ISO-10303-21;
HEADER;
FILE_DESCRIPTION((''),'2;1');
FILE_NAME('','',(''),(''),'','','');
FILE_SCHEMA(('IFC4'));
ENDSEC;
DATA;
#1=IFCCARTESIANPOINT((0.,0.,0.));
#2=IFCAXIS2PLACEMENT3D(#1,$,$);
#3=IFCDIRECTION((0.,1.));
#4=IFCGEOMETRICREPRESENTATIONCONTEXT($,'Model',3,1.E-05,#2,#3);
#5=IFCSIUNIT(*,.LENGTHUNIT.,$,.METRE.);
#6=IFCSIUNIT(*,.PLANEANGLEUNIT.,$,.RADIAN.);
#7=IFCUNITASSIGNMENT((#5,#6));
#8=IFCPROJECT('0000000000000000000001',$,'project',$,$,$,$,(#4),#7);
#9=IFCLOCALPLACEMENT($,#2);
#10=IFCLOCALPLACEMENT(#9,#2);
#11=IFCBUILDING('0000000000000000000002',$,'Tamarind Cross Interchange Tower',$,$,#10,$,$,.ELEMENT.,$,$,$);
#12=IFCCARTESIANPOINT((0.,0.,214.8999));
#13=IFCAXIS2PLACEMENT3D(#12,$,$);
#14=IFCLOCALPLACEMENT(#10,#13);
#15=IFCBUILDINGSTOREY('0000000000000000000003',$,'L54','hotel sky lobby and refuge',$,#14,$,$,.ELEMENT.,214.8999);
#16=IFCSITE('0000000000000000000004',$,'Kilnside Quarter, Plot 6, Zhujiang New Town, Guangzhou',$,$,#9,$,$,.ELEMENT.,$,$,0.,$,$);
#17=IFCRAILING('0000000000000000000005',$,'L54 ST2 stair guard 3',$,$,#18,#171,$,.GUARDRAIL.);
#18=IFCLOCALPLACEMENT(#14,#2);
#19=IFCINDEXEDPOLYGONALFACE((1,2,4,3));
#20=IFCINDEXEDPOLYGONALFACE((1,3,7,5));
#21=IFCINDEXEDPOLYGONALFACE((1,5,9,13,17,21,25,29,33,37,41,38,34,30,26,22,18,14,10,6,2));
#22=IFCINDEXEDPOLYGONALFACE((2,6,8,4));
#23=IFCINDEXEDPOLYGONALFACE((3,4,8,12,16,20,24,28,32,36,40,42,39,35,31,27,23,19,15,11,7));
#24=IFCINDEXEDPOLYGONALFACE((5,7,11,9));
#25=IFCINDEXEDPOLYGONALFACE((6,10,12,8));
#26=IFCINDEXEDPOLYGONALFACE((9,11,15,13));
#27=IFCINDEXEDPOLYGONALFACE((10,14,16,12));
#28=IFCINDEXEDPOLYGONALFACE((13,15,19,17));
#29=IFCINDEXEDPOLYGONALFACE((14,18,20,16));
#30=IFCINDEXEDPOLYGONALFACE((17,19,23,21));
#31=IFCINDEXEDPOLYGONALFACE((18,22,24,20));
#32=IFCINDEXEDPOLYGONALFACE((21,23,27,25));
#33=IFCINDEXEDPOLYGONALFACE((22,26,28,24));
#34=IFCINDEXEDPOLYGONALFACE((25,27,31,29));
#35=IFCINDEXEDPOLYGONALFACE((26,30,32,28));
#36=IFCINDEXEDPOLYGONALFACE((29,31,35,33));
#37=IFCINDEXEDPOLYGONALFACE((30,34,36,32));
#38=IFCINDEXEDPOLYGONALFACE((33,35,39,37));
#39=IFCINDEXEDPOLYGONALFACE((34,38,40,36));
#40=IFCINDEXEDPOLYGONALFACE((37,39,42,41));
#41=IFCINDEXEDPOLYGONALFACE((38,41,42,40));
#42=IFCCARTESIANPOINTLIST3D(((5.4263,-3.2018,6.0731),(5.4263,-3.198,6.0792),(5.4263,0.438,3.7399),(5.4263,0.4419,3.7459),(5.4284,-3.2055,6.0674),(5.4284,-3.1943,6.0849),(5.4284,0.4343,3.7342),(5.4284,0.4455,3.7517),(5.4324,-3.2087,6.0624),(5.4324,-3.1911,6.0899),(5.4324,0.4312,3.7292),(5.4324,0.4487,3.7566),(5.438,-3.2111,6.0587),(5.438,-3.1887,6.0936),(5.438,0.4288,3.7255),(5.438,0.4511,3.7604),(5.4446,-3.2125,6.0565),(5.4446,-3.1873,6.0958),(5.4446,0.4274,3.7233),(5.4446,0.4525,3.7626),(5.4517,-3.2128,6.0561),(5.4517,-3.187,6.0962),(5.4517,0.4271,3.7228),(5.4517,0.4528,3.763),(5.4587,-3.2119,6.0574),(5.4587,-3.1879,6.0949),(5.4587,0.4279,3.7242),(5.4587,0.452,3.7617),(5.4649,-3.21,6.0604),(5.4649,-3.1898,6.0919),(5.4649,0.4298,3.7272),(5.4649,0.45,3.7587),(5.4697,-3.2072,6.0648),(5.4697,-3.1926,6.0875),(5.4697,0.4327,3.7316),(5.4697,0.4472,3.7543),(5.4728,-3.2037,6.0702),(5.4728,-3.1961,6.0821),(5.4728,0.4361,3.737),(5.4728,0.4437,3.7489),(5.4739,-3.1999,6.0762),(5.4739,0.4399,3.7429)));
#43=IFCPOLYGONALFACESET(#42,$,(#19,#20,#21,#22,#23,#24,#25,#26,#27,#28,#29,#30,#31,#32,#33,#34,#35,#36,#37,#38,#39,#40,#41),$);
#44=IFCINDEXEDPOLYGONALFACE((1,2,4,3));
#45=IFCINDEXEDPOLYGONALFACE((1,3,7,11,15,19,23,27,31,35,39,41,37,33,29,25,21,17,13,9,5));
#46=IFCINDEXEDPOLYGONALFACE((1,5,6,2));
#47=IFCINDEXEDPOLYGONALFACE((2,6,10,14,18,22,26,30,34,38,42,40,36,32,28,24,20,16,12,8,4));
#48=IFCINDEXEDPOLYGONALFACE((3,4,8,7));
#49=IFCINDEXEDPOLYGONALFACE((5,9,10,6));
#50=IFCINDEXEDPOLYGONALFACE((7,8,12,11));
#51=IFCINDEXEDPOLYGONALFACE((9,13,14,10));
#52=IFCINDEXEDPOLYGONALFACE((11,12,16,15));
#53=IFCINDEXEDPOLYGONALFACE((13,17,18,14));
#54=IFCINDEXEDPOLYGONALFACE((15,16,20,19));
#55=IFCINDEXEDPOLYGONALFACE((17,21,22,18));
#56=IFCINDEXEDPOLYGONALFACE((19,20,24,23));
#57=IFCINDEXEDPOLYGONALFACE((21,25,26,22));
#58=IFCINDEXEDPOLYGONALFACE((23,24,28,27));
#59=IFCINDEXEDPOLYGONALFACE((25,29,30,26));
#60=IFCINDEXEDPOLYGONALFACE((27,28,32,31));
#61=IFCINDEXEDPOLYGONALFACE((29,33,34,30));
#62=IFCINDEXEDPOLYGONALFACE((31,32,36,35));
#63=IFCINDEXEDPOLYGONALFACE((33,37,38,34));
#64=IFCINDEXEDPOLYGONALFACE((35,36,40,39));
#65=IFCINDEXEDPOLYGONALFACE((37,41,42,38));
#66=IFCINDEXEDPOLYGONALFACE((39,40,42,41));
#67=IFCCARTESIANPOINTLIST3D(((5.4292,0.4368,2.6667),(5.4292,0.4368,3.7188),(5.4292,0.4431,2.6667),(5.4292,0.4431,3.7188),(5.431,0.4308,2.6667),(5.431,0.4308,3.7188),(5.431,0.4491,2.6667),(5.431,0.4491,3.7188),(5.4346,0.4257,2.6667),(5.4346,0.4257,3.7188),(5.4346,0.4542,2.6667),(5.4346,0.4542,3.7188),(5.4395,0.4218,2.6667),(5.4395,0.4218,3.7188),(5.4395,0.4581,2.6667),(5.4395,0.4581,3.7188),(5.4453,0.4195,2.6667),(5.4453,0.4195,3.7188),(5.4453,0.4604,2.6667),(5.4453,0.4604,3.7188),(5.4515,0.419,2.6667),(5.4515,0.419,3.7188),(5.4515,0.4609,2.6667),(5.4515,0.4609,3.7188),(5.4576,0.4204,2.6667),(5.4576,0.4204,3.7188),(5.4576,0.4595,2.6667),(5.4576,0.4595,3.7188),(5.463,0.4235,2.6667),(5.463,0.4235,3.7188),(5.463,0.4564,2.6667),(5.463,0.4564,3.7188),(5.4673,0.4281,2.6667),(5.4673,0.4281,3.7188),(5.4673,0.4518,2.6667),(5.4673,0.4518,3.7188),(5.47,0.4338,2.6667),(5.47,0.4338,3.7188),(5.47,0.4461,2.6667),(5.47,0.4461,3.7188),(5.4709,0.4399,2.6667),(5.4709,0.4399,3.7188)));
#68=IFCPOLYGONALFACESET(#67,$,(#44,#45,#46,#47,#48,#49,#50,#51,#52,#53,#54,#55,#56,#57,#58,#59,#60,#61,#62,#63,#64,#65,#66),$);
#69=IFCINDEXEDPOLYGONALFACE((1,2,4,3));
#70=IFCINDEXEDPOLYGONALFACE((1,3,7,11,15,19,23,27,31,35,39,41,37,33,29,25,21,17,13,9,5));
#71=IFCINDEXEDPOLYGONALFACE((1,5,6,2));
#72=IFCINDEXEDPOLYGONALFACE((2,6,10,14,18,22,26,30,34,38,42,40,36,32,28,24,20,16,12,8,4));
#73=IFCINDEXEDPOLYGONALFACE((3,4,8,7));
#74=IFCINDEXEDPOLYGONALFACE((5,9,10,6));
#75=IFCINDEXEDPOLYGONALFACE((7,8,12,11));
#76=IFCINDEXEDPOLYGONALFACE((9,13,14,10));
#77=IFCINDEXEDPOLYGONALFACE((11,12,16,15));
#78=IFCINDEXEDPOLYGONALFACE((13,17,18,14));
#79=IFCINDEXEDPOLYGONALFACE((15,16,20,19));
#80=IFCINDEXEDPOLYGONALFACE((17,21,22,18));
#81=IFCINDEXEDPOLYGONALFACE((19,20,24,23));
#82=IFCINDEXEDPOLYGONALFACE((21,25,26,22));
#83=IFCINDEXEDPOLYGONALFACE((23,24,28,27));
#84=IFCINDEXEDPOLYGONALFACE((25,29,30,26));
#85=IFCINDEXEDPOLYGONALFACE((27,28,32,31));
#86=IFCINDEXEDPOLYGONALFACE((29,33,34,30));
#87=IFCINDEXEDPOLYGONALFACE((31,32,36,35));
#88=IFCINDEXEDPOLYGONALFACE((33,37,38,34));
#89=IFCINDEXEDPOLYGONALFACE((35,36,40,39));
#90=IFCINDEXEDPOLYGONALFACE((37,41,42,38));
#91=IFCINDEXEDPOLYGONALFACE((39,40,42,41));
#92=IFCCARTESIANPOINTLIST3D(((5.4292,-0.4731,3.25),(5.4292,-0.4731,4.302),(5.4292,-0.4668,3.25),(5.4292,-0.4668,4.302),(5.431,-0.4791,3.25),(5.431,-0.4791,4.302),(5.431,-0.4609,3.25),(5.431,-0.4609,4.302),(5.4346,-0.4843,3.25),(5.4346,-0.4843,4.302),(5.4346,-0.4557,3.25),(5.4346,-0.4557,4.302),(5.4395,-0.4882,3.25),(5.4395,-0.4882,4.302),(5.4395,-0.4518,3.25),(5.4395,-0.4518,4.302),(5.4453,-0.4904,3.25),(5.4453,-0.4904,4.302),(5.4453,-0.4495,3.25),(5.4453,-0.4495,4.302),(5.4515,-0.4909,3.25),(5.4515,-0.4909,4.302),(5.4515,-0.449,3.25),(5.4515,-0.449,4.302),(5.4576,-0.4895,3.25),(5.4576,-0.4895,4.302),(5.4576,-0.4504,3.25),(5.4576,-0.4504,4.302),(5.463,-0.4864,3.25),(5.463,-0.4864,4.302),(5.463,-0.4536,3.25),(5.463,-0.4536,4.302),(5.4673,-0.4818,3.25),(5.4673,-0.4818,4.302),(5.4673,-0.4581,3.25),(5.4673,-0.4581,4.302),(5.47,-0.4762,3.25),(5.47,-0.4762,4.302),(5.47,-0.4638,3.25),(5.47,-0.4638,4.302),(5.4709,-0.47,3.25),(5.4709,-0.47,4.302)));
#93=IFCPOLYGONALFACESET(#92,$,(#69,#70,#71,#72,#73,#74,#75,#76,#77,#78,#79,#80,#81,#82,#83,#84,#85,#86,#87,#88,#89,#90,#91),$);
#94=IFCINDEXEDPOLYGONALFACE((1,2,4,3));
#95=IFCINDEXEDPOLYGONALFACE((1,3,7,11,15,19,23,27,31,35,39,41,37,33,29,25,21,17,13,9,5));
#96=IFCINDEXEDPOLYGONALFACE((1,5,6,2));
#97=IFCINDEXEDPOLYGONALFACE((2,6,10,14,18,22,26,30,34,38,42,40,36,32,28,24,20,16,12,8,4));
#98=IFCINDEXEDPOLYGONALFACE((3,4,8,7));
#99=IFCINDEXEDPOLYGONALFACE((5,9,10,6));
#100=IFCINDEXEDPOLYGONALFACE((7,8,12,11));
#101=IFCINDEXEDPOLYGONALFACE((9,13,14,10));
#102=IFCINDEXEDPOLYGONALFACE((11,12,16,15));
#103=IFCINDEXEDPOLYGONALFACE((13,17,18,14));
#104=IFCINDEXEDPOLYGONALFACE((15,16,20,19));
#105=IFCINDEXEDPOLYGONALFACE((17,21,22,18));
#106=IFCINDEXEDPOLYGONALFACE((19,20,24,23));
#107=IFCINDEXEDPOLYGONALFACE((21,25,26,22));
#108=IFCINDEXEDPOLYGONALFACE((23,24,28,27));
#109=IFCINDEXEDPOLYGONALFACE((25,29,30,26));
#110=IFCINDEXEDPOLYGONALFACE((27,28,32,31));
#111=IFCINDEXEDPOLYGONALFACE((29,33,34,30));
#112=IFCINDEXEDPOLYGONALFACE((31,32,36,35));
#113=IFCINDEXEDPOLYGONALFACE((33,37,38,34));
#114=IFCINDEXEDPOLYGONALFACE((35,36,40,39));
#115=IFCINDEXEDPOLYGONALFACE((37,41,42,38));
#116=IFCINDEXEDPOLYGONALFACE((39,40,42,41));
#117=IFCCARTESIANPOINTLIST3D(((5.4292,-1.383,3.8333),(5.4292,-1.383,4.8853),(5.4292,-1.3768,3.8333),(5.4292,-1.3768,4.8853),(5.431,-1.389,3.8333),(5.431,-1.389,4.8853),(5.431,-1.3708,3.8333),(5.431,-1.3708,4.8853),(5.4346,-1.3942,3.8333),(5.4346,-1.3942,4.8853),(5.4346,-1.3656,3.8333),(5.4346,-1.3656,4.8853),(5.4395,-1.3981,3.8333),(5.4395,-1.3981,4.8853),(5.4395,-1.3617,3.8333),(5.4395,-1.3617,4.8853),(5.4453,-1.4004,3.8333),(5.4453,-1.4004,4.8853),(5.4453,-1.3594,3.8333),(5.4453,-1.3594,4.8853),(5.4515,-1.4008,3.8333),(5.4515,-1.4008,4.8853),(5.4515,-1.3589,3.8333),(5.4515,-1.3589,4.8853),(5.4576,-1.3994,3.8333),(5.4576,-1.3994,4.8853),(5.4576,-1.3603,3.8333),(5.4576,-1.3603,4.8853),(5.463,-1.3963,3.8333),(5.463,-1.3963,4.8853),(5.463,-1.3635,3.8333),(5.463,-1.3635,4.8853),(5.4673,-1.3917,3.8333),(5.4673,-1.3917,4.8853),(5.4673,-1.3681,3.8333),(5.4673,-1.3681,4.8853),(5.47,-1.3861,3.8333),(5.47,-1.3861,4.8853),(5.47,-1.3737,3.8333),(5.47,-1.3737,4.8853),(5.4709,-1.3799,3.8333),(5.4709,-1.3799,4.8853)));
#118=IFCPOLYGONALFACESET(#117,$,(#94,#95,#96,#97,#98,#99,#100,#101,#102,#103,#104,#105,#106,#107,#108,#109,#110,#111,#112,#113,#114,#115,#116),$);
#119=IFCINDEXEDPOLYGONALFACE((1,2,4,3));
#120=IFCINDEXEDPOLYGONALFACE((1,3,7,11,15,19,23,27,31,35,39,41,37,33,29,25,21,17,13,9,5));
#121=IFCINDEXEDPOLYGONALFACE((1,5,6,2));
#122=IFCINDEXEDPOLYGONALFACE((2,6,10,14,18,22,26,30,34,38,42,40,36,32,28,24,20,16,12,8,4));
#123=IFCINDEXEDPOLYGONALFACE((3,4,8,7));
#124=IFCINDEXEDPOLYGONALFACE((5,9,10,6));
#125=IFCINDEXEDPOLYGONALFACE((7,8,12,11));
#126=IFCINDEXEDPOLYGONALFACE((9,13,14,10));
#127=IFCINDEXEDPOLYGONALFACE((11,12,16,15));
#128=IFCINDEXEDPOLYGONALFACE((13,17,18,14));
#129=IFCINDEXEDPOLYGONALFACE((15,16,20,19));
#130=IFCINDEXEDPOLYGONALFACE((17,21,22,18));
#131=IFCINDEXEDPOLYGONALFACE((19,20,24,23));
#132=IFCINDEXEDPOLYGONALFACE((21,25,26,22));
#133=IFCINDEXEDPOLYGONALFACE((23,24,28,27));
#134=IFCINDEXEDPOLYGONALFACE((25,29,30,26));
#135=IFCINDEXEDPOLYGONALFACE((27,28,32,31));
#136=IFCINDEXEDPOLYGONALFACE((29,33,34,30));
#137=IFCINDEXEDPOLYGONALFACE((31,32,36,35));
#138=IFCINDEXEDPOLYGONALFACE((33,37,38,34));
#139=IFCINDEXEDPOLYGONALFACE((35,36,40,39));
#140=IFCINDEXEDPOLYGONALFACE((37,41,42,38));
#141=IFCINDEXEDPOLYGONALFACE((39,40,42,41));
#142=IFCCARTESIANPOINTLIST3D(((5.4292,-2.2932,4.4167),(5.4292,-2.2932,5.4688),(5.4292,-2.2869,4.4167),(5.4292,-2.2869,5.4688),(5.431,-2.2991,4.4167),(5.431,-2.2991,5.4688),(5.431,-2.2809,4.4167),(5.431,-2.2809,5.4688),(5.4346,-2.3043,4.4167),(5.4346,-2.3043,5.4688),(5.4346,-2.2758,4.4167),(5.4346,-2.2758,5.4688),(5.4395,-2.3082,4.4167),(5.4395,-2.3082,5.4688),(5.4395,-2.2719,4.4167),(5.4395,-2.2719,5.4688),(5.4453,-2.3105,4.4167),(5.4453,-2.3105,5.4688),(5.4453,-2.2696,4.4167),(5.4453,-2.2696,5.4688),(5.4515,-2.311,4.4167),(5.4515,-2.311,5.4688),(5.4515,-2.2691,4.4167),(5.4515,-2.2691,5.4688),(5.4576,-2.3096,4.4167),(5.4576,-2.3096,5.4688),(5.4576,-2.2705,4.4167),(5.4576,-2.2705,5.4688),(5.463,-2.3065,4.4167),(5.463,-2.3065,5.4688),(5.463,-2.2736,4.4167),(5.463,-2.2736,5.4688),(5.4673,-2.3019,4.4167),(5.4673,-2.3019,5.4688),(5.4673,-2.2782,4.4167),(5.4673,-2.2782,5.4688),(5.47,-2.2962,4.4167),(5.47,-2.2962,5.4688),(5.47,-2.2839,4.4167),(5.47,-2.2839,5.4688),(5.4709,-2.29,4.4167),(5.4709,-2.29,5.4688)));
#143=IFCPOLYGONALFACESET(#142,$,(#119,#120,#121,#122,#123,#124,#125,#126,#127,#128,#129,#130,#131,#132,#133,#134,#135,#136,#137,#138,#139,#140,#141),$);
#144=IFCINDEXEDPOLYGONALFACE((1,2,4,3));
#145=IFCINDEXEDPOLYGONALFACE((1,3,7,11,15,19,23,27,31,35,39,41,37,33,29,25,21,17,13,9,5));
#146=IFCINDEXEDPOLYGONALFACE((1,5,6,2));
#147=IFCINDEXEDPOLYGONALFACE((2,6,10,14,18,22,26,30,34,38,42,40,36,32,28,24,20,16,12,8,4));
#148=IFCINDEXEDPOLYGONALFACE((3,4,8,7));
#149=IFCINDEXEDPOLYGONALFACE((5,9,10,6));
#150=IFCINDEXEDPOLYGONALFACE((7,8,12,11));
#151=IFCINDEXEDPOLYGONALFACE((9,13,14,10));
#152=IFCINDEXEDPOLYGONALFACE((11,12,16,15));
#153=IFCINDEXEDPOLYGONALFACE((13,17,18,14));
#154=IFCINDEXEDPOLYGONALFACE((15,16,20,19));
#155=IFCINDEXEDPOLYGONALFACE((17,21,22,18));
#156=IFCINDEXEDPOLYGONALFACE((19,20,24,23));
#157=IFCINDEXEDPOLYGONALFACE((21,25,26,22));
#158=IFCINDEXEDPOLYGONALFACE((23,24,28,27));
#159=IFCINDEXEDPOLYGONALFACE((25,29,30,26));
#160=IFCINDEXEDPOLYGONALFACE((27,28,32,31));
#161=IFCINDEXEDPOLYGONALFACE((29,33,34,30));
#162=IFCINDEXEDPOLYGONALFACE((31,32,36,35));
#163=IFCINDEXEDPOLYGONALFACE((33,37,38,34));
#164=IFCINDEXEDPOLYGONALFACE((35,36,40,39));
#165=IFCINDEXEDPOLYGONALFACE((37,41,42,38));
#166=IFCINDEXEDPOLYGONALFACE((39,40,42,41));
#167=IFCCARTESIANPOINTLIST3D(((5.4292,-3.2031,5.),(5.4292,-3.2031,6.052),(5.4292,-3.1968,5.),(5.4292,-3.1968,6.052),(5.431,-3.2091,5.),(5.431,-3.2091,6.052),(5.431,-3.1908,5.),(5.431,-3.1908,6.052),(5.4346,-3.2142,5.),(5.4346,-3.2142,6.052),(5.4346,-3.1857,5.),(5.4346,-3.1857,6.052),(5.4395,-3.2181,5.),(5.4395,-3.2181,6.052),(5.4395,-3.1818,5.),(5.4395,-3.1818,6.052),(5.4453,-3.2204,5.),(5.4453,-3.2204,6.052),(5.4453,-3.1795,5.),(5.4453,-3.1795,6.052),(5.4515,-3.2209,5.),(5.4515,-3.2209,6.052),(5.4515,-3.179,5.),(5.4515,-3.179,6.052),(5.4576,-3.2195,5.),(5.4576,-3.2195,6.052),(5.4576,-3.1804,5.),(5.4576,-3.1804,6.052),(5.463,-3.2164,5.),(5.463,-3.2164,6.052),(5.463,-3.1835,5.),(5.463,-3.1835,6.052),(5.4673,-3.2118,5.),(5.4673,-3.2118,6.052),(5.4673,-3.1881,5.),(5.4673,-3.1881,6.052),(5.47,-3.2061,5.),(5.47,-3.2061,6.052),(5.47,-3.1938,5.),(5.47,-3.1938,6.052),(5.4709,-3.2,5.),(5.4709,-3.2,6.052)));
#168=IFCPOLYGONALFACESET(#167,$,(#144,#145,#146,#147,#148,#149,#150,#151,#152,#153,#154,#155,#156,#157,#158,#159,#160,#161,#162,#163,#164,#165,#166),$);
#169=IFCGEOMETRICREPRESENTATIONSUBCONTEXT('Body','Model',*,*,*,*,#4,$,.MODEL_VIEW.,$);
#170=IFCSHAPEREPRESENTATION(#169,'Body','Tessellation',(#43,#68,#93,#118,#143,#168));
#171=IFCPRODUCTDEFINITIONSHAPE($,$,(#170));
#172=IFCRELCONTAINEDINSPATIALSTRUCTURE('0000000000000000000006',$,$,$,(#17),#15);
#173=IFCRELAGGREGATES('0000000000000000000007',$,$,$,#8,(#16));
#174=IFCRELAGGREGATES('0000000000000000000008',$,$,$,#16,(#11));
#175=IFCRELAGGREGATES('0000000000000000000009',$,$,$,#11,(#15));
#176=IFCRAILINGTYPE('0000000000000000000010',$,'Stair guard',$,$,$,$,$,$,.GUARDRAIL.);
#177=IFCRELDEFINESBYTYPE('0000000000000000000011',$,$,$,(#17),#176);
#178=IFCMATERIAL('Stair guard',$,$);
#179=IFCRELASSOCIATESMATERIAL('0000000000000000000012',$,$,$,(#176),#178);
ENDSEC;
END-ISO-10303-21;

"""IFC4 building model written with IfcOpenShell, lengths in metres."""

from ifc_helpers import new_model, si_unit, direction, frame, origin, origin_2d, place, context, subcontext, project, spatial, circle, extrude, material, type_object, element, save


model = new_model("IFC4")

# Units and contexts
model_context = context("Model", 3, precision=1e-05, world=origin(), true_north=direction((0.0, 1.0)))
body_context = subcontext(model_context, "Body", "Model", "MODEL_VIEW")
ifc_project = project(units=[si_unit("LENGTHUNIT", "METRE"), si_unit("PLANEANGLEUNIT", "RADIAN")], contexts=[model_context])

# Site, building, storey
site_placement = place(None, origin())
site = spatial("IfcSite", under=ifc_project, at=site_placement, Name="Kilnside Quarter, Plot 6, Zhujiang New Town, Guangzhou", CompositionType="ELEMENT", RefElevation=0.0)
building_placement = place(site_placement, origin())
building = spatial("IfcBuilding", under=site, at=building_placement, Name="Tamarind Cross Interchange Tower", CompositionType="ELEMENT")
storey_placement = place(building_placement, frame((0.0, 0.0, 214.8999)))
storey = spatial("IfcBuildingStorey", under=building, at=storey_placement, Name="L54", Description="hotel sky lobby and refuge", CompositionType="ELEMENT", Elevation=214.8999)

# Railing
ifc_material_1 = material(Name="Stair guard")
railing_type_1 = type_object("IfcRailingType", Name="Stair guard", PredefinedType="GUARDRAIL", material=ifc_material_1)
railing_1_placement = place(storey_placement, frame((5.45, 0.4399, 2.6667)))
element("IfcRailing", 1, at=railing_1_placement, inside=storey, type_object=railing_type_1, Name="L54 ST2 stair guard 3", PredefinedType="GUARDRAIL", context=body_context, shape_type="SweptSolid", body=[
    extrude(circle(Radius=0.0239, at=origin_2d()), frame((0.0, 0.0, 1.0762), z_axis=(0.0, -0.84188, 0.539664), x_axis=(1.0, 0.0, 0.0)), (0.0, 0.0, 1.0), 4.3235),
    extrude(circle(Radius=0.021, at=origin_2d()), origin(), (0.0, 0.0, 1.0), 1.052),
    extrude(circle(Radius=0.021, at=origin_2d()), frame((0.0, -0.9099, 0.5833)), (0.0, 0.0, 1.0), 1.052),
    extrude(circle(Radius=0.021, at=origin_2d()), frame((0.0, -1.8198, 1.1665)), (0.0, 0.0, 1.0), 1.052),
    extrude(circle(Radius=0.021, at=origin_2d()), frame((0.0, -2.73, 1.75)), (0.0, 0.0, 1.0), 1.052),
    extrude(circle(Radius=0.021, at=origin_2d()), frame((0.0, -3.6399, 2.3333)), (0.0, 0.0, 1.0), 1.052),
])

save(model, "model.ifc")
